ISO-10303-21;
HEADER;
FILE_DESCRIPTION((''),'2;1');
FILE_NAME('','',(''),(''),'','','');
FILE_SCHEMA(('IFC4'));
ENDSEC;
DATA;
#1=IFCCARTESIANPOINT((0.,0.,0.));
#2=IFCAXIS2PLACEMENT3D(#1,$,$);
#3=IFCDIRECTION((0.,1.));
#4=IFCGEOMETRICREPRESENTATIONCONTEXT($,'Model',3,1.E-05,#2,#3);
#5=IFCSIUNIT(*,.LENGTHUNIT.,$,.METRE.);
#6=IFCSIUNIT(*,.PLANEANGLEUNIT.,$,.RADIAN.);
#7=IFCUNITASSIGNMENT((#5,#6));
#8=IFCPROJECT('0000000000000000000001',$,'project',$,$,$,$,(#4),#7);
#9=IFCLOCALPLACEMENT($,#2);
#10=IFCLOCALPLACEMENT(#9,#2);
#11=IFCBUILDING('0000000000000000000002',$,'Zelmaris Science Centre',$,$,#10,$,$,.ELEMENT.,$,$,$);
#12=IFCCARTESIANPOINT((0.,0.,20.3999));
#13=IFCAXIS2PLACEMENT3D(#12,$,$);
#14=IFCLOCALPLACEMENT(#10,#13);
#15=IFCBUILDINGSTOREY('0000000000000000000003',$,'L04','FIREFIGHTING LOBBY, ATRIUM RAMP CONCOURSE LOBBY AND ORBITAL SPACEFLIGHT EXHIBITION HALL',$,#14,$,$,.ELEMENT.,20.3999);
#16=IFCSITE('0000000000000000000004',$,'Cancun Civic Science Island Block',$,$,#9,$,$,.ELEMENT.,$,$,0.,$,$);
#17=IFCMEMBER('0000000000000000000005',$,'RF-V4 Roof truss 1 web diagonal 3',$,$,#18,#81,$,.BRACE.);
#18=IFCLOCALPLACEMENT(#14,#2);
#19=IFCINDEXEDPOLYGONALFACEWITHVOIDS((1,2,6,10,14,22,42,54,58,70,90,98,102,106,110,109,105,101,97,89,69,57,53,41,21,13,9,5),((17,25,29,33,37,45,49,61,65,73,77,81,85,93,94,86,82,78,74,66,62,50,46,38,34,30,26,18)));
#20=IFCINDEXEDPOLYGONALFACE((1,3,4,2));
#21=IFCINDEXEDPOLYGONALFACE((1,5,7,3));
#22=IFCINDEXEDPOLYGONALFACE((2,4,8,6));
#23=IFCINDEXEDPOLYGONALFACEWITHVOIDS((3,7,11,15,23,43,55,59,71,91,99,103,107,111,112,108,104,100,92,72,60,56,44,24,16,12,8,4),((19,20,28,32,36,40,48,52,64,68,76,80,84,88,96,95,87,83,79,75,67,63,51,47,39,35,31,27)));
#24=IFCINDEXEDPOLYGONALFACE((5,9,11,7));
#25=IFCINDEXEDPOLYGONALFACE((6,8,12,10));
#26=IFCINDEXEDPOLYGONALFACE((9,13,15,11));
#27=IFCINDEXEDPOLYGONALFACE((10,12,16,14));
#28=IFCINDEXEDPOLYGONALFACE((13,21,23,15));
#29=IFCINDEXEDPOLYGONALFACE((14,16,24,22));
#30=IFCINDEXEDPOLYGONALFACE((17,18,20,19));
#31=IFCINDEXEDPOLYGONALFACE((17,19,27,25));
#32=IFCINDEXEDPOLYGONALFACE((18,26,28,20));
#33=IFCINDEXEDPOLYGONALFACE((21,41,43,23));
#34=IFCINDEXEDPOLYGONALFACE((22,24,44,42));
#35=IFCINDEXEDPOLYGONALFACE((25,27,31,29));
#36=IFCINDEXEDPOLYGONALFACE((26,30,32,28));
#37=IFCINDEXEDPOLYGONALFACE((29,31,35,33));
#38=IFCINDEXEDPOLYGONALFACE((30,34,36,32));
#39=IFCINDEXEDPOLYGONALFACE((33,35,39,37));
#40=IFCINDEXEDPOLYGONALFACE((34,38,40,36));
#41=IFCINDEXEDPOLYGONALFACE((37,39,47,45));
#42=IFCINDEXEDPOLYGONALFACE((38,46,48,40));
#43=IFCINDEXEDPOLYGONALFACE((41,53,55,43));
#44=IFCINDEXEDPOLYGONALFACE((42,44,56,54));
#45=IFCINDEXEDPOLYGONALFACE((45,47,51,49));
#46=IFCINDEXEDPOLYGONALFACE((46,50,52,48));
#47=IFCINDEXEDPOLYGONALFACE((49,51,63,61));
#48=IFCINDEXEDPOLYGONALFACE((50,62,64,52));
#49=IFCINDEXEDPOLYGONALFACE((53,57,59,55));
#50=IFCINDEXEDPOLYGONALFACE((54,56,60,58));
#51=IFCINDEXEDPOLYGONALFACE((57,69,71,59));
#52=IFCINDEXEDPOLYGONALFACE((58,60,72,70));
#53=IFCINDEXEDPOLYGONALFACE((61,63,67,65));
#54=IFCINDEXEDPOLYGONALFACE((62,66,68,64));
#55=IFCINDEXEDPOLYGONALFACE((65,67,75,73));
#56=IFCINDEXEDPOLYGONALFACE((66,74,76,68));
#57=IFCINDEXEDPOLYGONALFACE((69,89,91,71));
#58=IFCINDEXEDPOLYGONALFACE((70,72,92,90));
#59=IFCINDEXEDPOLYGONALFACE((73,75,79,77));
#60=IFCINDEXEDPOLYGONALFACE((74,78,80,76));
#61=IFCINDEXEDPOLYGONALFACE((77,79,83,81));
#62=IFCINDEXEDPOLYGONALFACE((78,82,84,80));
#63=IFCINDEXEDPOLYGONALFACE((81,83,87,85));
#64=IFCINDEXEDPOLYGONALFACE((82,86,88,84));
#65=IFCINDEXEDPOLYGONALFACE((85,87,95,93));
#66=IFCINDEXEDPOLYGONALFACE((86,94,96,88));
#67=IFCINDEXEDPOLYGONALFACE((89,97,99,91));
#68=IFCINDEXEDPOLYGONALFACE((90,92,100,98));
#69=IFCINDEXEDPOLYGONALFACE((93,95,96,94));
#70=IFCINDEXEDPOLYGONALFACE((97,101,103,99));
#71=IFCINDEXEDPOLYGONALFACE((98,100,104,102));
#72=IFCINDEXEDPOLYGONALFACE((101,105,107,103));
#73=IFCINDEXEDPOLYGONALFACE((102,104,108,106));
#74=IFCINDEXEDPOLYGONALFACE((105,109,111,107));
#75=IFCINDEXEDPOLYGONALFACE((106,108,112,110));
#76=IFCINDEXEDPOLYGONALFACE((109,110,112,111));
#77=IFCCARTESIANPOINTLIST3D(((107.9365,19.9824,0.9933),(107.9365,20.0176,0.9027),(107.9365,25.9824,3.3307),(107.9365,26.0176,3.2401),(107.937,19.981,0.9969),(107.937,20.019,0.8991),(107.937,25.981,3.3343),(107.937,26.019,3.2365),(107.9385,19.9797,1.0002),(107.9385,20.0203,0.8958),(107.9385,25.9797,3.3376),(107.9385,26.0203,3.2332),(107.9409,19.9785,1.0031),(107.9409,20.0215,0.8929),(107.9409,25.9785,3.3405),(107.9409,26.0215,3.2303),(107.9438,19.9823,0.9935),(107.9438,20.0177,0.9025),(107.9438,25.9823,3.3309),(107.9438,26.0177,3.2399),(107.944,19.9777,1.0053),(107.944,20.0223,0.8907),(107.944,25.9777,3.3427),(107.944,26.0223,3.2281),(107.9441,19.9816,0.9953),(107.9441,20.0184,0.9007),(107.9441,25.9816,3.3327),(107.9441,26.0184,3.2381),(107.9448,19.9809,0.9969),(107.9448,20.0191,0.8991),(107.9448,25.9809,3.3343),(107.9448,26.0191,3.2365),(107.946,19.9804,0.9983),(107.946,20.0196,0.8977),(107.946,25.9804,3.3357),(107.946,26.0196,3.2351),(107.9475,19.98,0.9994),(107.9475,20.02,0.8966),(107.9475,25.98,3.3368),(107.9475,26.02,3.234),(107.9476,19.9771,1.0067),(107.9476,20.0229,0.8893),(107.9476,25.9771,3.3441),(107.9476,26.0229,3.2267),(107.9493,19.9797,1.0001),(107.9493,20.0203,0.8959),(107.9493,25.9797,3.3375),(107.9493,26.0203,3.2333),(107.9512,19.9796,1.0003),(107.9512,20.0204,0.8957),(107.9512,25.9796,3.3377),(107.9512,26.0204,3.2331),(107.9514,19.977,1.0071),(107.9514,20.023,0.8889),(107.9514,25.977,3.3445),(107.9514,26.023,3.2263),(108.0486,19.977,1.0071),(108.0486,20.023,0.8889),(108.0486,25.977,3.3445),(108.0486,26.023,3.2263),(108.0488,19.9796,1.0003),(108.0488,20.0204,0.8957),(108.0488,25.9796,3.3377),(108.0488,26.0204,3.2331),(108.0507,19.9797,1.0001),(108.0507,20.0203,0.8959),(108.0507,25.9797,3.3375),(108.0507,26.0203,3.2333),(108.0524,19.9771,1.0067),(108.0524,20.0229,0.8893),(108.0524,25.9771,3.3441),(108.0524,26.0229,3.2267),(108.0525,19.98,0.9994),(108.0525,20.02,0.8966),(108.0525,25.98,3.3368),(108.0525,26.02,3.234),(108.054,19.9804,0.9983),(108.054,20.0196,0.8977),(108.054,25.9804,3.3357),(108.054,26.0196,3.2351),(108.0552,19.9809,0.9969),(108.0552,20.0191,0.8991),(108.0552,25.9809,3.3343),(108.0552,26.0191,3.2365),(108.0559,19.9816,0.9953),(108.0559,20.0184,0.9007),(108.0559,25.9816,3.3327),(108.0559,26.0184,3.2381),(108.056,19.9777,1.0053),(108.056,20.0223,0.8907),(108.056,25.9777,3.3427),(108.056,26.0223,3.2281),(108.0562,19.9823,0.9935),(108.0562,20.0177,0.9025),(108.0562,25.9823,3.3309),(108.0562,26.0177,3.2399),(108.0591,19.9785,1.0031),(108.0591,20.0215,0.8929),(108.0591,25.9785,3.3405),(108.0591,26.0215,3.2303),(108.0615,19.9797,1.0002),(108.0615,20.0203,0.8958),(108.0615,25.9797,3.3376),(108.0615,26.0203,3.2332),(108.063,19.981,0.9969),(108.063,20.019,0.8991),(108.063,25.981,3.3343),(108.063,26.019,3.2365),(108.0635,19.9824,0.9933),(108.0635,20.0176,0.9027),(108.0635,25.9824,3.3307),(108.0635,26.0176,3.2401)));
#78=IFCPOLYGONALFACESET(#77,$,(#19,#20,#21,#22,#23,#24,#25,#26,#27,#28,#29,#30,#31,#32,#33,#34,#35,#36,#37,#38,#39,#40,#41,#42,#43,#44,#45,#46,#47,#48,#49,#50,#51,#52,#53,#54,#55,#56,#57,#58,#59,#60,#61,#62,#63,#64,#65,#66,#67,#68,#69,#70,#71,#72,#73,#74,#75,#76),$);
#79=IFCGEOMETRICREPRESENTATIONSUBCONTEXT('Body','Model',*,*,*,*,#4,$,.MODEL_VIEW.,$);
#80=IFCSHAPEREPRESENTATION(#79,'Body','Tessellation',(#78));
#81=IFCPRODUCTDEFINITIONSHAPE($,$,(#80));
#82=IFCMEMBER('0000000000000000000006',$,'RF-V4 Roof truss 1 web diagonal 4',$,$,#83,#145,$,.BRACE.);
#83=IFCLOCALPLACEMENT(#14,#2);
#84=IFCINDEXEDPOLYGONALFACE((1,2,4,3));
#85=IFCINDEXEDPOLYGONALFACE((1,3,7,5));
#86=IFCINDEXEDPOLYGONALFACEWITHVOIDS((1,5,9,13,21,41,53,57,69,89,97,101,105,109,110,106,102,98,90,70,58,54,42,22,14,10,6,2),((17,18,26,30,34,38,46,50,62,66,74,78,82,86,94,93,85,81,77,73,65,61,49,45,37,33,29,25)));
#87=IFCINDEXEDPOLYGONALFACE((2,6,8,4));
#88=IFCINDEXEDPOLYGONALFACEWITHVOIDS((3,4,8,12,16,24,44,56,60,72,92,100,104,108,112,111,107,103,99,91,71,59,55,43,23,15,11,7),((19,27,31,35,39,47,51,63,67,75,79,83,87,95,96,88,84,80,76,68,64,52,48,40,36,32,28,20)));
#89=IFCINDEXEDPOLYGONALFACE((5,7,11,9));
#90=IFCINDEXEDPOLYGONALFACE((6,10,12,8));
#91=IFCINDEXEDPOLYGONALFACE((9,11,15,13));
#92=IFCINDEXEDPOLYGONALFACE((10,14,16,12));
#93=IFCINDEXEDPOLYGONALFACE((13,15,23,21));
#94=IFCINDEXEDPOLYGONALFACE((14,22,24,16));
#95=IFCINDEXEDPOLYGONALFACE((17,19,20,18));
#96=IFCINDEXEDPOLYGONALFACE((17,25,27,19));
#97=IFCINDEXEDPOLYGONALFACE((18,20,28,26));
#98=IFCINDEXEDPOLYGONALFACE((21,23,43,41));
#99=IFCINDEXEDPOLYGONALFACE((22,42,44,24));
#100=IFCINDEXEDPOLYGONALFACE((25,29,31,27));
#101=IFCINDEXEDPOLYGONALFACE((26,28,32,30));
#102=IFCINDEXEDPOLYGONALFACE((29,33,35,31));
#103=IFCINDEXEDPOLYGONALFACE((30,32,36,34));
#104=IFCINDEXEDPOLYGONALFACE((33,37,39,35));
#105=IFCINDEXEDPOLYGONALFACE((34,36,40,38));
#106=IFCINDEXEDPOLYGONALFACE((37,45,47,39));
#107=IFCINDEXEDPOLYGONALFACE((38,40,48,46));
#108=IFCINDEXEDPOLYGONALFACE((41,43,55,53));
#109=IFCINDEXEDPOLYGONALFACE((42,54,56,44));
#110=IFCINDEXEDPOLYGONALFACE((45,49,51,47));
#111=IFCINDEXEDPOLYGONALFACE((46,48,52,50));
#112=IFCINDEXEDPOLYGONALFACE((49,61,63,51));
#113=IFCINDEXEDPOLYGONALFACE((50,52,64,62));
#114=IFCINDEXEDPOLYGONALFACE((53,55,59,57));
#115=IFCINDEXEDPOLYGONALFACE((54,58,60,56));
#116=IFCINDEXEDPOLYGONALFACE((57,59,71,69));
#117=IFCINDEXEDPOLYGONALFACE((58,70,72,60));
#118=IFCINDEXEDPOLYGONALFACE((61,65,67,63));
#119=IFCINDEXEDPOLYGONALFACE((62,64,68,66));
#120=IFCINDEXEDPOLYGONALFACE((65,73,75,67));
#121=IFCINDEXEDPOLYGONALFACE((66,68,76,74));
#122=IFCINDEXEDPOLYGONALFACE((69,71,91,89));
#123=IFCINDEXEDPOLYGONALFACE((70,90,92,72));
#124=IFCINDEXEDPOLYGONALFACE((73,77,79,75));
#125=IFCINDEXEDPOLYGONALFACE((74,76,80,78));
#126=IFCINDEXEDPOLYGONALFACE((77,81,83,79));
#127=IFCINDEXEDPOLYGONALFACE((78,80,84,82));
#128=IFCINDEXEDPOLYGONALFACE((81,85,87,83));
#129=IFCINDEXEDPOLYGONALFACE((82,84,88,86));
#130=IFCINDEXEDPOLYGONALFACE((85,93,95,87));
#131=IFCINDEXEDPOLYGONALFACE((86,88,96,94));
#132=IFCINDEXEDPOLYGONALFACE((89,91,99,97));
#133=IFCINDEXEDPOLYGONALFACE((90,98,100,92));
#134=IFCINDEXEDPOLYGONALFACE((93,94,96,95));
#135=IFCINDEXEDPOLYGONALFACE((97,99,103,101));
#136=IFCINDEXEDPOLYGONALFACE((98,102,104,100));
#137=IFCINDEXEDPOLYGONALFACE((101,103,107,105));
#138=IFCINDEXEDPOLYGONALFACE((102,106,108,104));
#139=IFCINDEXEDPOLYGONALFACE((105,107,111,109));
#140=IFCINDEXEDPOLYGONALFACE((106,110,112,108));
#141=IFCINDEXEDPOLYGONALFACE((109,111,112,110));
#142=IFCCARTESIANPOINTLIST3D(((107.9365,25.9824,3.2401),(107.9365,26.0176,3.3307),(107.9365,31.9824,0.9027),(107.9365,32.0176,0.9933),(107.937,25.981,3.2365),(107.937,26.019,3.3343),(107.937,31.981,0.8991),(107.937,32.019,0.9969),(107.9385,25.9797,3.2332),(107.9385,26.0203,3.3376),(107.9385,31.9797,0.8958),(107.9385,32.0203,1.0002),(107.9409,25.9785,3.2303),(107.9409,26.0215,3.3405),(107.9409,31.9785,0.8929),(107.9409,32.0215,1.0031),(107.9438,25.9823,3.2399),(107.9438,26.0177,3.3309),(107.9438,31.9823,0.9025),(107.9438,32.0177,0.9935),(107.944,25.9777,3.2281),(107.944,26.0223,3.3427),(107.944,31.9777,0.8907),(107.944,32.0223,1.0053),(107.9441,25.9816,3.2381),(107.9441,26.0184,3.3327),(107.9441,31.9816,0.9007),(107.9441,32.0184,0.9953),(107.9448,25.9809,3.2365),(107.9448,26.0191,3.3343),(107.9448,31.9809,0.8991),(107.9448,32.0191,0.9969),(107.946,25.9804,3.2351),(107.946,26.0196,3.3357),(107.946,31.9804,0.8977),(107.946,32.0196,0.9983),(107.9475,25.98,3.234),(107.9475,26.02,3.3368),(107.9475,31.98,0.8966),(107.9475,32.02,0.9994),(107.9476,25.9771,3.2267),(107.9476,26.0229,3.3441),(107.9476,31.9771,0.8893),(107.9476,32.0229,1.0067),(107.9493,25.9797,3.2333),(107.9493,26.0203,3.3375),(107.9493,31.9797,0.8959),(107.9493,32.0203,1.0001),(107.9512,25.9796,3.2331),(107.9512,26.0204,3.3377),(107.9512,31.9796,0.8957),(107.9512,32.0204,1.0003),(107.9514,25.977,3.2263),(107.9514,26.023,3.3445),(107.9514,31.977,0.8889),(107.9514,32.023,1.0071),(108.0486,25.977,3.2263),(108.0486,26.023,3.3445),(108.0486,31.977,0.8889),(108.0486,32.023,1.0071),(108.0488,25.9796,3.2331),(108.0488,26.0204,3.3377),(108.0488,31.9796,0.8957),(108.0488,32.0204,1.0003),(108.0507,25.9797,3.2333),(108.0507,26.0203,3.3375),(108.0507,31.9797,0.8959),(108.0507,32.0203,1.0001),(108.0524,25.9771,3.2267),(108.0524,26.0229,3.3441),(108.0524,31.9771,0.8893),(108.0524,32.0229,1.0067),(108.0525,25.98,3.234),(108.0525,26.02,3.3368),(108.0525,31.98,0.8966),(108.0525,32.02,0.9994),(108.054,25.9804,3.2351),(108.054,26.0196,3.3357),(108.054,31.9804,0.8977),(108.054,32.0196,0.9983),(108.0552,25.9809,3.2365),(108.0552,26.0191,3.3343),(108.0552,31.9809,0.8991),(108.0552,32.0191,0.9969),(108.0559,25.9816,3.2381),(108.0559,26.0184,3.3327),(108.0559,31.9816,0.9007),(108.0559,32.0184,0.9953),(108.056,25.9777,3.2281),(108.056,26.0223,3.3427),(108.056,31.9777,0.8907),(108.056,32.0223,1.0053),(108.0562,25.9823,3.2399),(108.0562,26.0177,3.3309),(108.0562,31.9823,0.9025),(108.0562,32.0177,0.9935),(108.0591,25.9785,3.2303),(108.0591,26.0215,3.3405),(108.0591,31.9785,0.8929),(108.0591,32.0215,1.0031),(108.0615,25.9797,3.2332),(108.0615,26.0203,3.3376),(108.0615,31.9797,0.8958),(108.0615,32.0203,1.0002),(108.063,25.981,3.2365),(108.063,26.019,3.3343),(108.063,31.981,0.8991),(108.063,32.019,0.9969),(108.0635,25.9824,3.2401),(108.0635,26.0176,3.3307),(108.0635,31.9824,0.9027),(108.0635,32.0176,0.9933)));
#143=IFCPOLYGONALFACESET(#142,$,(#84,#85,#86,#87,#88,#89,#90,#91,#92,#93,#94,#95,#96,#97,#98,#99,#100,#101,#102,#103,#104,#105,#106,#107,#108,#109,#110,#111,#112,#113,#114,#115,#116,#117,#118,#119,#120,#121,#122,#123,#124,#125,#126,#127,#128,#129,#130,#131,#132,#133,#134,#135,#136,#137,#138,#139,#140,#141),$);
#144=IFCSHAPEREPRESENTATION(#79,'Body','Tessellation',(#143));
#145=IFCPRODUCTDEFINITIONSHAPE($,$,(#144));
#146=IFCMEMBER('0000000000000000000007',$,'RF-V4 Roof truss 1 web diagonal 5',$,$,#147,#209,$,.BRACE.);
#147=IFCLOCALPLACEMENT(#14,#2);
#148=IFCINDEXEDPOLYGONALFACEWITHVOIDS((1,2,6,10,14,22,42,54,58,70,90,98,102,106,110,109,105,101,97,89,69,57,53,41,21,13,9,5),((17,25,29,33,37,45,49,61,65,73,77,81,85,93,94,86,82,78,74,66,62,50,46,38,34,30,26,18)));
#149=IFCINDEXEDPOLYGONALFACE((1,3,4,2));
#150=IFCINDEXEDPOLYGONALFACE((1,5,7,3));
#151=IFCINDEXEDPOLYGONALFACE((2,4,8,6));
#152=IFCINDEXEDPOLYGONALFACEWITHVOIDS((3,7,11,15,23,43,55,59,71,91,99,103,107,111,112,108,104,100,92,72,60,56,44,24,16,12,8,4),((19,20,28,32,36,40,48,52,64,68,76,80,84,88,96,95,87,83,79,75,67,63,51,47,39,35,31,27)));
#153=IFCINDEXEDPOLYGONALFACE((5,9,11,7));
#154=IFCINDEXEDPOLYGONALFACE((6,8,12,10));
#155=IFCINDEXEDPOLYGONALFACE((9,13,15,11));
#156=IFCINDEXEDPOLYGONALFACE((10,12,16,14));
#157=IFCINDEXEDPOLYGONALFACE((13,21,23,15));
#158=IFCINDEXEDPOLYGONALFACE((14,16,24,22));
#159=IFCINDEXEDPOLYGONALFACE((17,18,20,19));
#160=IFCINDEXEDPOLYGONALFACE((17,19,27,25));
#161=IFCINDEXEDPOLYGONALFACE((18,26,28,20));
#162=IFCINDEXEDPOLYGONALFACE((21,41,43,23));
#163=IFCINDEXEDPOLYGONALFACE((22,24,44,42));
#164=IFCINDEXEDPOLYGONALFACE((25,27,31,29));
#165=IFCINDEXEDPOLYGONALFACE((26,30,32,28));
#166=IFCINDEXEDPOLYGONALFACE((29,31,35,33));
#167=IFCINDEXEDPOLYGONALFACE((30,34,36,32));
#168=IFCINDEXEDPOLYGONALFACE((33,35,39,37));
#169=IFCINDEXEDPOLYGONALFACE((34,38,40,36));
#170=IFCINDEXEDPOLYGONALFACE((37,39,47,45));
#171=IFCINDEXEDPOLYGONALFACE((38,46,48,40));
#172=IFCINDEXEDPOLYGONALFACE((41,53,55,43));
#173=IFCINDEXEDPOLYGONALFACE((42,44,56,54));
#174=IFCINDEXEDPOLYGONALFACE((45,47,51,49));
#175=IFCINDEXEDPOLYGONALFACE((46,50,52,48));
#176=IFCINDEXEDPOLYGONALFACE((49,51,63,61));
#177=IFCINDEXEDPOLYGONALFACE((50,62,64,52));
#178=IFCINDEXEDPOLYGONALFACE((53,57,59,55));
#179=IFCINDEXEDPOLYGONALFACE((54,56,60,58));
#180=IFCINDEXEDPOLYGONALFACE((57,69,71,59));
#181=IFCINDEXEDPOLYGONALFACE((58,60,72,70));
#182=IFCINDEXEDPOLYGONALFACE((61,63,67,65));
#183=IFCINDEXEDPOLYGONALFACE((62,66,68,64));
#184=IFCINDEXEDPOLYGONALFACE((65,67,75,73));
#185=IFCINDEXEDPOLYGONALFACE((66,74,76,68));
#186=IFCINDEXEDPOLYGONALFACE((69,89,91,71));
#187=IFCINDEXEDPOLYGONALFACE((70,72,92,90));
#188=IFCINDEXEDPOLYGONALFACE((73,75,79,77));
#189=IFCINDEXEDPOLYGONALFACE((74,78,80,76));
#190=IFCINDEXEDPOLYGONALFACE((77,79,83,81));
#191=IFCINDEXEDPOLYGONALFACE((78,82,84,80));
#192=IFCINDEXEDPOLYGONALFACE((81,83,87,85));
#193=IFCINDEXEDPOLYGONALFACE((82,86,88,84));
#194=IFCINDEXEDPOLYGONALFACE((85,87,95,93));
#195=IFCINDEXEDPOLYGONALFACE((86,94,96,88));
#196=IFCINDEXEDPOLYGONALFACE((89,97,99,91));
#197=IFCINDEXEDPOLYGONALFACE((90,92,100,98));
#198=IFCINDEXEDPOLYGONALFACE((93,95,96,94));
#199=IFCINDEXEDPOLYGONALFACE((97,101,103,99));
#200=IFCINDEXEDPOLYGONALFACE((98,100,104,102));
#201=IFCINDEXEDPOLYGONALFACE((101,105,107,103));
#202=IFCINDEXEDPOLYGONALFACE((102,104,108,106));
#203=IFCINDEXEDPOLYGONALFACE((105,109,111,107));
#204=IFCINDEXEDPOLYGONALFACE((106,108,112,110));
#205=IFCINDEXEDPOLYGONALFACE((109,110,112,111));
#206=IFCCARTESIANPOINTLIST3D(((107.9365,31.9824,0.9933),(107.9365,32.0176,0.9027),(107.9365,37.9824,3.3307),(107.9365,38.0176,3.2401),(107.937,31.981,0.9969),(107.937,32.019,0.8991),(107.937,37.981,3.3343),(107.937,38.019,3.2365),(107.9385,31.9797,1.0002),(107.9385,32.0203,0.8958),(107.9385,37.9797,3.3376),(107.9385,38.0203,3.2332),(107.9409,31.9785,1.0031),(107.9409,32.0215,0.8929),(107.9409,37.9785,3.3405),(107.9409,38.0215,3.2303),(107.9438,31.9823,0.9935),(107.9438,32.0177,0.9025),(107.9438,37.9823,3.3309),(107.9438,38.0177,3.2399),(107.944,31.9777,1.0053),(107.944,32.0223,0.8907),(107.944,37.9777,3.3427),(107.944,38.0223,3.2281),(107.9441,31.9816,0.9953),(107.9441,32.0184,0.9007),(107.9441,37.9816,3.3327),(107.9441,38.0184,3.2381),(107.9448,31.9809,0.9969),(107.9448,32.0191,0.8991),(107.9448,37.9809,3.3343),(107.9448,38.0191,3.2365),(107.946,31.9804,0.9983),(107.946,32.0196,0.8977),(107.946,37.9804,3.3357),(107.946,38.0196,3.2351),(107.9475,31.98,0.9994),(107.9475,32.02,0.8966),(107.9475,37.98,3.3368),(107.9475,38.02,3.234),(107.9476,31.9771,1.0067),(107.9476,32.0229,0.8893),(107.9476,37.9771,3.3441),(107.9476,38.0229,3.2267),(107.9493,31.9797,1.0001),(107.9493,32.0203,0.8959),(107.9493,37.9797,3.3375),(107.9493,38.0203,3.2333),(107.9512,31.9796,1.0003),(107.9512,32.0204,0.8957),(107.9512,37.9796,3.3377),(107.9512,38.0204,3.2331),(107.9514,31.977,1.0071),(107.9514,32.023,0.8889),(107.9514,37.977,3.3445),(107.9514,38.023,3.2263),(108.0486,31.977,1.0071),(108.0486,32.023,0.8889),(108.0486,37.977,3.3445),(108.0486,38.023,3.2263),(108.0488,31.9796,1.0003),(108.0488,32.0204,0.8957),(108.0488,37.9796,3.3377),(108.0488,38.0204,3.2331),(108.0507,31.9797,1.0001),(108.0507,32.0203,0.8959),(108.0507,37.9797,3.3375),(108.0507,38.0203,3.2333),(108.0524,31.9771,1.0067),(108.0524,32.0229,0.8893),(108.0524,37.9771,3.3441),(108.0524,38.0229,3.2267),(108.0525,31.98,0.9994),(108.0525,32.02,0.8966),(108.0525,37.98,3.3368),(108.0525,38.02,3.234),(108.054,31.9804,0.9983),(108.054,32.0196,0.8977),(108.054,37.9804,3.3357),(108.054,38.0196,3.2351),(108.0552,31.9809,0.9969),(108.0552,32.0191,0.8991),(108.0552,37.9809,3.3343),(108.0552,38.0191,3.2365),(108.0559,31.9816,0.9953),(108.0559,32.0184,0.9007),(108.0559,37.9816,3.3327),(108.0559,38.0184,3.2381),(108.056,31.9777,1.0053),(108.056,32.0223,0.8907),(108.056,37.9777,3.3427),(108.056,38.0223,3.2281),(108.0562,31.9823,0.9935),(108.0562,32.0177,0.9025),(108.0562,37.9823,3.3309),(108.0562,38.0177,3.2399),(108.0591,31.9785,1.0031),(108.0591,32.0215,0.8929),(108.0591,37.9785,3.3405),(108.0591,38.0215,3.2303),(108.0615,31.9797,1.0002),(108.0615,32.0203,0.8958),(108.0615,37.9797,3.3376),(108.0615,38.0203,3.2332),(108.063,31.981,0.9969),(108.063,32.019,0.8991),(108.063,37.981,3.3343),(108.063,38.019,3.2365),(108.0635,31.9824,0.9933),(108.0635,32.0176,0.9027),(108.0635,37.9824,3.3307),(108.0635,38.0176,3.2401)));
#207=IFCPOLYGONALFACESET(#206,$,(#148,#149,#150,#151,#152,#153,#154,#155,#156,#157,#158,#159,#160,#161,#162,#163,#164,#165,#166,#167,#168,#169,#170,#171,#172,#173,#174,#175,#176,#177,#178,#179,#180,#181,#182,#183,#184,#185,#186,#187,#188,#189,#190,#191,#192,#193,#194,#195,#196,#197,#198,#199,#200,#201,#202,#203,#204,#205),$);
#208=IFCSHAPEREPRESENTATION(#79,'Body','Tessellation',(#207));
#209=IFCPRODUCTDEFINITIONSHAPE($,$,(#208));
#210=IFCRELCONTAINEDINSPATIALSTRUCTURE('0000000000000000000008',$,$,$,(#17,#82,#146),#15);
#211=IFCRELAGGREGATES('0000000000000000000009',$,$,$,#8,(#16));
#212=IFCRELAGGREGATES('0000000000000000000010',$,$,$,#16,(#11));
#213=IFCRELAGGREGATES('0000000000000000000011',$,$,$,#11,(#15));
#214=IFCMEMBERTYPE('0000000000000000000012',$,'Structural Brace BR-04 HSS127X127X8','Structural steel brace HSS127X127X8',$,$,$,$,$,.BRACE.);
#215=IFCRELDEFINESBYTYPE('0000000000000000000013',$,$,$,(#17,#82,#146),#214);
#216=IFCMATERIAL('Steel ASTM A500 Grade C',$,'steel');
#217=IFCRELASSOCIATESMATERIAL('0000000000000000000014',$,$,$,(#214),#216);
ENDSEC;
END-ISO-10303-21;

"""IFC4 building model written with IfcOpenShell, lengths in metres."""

from ifc_helpers import new_model, si_unit, direction, frame, origin, origin_2d, place, context, subcontext, project, spatial, hollow_rectangle, extrude, material, material_profile, profile_set, type_object, element, save


model = new_model("IFC4")

# Units and contexts
model_context = context("Model", 3, precision=1e-05, world=origin(), true_north=direction((0.0, 1.0)))
body_context = subcontext(model_context, "Body", "Model", "MODEL_VIEW")
ifc_project = project(units=[si_unit("LENGTHUNIT", "METRE"), si_unit("PLANEANGLEUNIT", "RADIAN")], contexts=[model_context])

# Site, building, storey
site_placement = place(None, origin())
site = spatial("IfcSite", under=ifc_project, at=site_placement, Name="Cancun Civic Science Island Block", CompositionType="ELEMENT", RefElevation=0.0)
building_placement = place(site_placement, origin())
building = spatial("IfcBuilding", under=site, at=building_placement, Name="Zelmaris Science Centre", CompositionType="ELEMENT")
storey_placement = place(building_placement, frame((0.0, 0.0, 20.3999)))
storey = spatial("IfcBuildingStorey", under=building, at=storey_placement, Name="L04", Description="FIREFIGHTING LOBBY, ATRIUM RAMP CONCOURSE LOBBY AND ORBITAL SPACEFLIGHT EXHIBITION HALL", CompositionType="ELEMENT", Elevation=20.3999)

# Shared definitions
ifc_material_1 = material(Name="Steel ASTM A500 Grade C", Category="steel")

# Members
ifc_material_profile_1 = material_profile(ifc_material_1, hollow_rectangle(XDim=0.127, YDim=0.127, WallThickness=0.0073, InnerFilletRadius=0.0073, OuterFilletRadius=0.0149, at=origin_2d()), Name="HSS127X127X8")
ifc_profile_set_1 = profile_set([ifc_material_profile_1], Name="Steel ASTM A500 Grade C")
member_type_1 = type_object("IfcMemberType", Name="Structural Brace BR-04 HSS127X127X8", Description="Structural steel brace HSS127X127X8", PredefinedType="BRACE", material=ifc_profile_set_1)
for number, where, z_axis, x_axis, name in (
    (1, (108.0, 20.0, 0.948), (0.0, 0.931791, 0.362995), (-1.0, 0.0, 0.0), "RF-V4 Roof truss 1 web diagonal 3"),
    (2, (108.0, 26.0, 3.2854), (0.0, 0.931791, -0.362995), (-1.0, 0.0, 0.0), "RF-V4 Roof truss 1 web diagonal 4"),
    (3, (108.0, 32.0, 0.948), (0.0, 0.931791, 0.362995), (-1.0, 0.0, 0.0), "RF-V4 Roof truss 1 web diagonal 5"),
):
    element("IfcMember", number, at=place(storey_placement, frame(where, z_axis=z_axis, x_axis=x_axis)), inside=storey, type_object=member_type_1, Name=name, PredefinedType="BRACE", context=body_context, shape_type="SweptSolid", body=[
        extrude(hollow_rectangle(XDim=0.127, YDim=0.127, WallThickness=0.0073, InnerFilletRadius=0.0073, OuterFilletRadius=0.0149, at=origin_2d()), origin(), (0.0, 0.0, 1.0), 6.4392),
    ])

save(model, "model.ifc")
